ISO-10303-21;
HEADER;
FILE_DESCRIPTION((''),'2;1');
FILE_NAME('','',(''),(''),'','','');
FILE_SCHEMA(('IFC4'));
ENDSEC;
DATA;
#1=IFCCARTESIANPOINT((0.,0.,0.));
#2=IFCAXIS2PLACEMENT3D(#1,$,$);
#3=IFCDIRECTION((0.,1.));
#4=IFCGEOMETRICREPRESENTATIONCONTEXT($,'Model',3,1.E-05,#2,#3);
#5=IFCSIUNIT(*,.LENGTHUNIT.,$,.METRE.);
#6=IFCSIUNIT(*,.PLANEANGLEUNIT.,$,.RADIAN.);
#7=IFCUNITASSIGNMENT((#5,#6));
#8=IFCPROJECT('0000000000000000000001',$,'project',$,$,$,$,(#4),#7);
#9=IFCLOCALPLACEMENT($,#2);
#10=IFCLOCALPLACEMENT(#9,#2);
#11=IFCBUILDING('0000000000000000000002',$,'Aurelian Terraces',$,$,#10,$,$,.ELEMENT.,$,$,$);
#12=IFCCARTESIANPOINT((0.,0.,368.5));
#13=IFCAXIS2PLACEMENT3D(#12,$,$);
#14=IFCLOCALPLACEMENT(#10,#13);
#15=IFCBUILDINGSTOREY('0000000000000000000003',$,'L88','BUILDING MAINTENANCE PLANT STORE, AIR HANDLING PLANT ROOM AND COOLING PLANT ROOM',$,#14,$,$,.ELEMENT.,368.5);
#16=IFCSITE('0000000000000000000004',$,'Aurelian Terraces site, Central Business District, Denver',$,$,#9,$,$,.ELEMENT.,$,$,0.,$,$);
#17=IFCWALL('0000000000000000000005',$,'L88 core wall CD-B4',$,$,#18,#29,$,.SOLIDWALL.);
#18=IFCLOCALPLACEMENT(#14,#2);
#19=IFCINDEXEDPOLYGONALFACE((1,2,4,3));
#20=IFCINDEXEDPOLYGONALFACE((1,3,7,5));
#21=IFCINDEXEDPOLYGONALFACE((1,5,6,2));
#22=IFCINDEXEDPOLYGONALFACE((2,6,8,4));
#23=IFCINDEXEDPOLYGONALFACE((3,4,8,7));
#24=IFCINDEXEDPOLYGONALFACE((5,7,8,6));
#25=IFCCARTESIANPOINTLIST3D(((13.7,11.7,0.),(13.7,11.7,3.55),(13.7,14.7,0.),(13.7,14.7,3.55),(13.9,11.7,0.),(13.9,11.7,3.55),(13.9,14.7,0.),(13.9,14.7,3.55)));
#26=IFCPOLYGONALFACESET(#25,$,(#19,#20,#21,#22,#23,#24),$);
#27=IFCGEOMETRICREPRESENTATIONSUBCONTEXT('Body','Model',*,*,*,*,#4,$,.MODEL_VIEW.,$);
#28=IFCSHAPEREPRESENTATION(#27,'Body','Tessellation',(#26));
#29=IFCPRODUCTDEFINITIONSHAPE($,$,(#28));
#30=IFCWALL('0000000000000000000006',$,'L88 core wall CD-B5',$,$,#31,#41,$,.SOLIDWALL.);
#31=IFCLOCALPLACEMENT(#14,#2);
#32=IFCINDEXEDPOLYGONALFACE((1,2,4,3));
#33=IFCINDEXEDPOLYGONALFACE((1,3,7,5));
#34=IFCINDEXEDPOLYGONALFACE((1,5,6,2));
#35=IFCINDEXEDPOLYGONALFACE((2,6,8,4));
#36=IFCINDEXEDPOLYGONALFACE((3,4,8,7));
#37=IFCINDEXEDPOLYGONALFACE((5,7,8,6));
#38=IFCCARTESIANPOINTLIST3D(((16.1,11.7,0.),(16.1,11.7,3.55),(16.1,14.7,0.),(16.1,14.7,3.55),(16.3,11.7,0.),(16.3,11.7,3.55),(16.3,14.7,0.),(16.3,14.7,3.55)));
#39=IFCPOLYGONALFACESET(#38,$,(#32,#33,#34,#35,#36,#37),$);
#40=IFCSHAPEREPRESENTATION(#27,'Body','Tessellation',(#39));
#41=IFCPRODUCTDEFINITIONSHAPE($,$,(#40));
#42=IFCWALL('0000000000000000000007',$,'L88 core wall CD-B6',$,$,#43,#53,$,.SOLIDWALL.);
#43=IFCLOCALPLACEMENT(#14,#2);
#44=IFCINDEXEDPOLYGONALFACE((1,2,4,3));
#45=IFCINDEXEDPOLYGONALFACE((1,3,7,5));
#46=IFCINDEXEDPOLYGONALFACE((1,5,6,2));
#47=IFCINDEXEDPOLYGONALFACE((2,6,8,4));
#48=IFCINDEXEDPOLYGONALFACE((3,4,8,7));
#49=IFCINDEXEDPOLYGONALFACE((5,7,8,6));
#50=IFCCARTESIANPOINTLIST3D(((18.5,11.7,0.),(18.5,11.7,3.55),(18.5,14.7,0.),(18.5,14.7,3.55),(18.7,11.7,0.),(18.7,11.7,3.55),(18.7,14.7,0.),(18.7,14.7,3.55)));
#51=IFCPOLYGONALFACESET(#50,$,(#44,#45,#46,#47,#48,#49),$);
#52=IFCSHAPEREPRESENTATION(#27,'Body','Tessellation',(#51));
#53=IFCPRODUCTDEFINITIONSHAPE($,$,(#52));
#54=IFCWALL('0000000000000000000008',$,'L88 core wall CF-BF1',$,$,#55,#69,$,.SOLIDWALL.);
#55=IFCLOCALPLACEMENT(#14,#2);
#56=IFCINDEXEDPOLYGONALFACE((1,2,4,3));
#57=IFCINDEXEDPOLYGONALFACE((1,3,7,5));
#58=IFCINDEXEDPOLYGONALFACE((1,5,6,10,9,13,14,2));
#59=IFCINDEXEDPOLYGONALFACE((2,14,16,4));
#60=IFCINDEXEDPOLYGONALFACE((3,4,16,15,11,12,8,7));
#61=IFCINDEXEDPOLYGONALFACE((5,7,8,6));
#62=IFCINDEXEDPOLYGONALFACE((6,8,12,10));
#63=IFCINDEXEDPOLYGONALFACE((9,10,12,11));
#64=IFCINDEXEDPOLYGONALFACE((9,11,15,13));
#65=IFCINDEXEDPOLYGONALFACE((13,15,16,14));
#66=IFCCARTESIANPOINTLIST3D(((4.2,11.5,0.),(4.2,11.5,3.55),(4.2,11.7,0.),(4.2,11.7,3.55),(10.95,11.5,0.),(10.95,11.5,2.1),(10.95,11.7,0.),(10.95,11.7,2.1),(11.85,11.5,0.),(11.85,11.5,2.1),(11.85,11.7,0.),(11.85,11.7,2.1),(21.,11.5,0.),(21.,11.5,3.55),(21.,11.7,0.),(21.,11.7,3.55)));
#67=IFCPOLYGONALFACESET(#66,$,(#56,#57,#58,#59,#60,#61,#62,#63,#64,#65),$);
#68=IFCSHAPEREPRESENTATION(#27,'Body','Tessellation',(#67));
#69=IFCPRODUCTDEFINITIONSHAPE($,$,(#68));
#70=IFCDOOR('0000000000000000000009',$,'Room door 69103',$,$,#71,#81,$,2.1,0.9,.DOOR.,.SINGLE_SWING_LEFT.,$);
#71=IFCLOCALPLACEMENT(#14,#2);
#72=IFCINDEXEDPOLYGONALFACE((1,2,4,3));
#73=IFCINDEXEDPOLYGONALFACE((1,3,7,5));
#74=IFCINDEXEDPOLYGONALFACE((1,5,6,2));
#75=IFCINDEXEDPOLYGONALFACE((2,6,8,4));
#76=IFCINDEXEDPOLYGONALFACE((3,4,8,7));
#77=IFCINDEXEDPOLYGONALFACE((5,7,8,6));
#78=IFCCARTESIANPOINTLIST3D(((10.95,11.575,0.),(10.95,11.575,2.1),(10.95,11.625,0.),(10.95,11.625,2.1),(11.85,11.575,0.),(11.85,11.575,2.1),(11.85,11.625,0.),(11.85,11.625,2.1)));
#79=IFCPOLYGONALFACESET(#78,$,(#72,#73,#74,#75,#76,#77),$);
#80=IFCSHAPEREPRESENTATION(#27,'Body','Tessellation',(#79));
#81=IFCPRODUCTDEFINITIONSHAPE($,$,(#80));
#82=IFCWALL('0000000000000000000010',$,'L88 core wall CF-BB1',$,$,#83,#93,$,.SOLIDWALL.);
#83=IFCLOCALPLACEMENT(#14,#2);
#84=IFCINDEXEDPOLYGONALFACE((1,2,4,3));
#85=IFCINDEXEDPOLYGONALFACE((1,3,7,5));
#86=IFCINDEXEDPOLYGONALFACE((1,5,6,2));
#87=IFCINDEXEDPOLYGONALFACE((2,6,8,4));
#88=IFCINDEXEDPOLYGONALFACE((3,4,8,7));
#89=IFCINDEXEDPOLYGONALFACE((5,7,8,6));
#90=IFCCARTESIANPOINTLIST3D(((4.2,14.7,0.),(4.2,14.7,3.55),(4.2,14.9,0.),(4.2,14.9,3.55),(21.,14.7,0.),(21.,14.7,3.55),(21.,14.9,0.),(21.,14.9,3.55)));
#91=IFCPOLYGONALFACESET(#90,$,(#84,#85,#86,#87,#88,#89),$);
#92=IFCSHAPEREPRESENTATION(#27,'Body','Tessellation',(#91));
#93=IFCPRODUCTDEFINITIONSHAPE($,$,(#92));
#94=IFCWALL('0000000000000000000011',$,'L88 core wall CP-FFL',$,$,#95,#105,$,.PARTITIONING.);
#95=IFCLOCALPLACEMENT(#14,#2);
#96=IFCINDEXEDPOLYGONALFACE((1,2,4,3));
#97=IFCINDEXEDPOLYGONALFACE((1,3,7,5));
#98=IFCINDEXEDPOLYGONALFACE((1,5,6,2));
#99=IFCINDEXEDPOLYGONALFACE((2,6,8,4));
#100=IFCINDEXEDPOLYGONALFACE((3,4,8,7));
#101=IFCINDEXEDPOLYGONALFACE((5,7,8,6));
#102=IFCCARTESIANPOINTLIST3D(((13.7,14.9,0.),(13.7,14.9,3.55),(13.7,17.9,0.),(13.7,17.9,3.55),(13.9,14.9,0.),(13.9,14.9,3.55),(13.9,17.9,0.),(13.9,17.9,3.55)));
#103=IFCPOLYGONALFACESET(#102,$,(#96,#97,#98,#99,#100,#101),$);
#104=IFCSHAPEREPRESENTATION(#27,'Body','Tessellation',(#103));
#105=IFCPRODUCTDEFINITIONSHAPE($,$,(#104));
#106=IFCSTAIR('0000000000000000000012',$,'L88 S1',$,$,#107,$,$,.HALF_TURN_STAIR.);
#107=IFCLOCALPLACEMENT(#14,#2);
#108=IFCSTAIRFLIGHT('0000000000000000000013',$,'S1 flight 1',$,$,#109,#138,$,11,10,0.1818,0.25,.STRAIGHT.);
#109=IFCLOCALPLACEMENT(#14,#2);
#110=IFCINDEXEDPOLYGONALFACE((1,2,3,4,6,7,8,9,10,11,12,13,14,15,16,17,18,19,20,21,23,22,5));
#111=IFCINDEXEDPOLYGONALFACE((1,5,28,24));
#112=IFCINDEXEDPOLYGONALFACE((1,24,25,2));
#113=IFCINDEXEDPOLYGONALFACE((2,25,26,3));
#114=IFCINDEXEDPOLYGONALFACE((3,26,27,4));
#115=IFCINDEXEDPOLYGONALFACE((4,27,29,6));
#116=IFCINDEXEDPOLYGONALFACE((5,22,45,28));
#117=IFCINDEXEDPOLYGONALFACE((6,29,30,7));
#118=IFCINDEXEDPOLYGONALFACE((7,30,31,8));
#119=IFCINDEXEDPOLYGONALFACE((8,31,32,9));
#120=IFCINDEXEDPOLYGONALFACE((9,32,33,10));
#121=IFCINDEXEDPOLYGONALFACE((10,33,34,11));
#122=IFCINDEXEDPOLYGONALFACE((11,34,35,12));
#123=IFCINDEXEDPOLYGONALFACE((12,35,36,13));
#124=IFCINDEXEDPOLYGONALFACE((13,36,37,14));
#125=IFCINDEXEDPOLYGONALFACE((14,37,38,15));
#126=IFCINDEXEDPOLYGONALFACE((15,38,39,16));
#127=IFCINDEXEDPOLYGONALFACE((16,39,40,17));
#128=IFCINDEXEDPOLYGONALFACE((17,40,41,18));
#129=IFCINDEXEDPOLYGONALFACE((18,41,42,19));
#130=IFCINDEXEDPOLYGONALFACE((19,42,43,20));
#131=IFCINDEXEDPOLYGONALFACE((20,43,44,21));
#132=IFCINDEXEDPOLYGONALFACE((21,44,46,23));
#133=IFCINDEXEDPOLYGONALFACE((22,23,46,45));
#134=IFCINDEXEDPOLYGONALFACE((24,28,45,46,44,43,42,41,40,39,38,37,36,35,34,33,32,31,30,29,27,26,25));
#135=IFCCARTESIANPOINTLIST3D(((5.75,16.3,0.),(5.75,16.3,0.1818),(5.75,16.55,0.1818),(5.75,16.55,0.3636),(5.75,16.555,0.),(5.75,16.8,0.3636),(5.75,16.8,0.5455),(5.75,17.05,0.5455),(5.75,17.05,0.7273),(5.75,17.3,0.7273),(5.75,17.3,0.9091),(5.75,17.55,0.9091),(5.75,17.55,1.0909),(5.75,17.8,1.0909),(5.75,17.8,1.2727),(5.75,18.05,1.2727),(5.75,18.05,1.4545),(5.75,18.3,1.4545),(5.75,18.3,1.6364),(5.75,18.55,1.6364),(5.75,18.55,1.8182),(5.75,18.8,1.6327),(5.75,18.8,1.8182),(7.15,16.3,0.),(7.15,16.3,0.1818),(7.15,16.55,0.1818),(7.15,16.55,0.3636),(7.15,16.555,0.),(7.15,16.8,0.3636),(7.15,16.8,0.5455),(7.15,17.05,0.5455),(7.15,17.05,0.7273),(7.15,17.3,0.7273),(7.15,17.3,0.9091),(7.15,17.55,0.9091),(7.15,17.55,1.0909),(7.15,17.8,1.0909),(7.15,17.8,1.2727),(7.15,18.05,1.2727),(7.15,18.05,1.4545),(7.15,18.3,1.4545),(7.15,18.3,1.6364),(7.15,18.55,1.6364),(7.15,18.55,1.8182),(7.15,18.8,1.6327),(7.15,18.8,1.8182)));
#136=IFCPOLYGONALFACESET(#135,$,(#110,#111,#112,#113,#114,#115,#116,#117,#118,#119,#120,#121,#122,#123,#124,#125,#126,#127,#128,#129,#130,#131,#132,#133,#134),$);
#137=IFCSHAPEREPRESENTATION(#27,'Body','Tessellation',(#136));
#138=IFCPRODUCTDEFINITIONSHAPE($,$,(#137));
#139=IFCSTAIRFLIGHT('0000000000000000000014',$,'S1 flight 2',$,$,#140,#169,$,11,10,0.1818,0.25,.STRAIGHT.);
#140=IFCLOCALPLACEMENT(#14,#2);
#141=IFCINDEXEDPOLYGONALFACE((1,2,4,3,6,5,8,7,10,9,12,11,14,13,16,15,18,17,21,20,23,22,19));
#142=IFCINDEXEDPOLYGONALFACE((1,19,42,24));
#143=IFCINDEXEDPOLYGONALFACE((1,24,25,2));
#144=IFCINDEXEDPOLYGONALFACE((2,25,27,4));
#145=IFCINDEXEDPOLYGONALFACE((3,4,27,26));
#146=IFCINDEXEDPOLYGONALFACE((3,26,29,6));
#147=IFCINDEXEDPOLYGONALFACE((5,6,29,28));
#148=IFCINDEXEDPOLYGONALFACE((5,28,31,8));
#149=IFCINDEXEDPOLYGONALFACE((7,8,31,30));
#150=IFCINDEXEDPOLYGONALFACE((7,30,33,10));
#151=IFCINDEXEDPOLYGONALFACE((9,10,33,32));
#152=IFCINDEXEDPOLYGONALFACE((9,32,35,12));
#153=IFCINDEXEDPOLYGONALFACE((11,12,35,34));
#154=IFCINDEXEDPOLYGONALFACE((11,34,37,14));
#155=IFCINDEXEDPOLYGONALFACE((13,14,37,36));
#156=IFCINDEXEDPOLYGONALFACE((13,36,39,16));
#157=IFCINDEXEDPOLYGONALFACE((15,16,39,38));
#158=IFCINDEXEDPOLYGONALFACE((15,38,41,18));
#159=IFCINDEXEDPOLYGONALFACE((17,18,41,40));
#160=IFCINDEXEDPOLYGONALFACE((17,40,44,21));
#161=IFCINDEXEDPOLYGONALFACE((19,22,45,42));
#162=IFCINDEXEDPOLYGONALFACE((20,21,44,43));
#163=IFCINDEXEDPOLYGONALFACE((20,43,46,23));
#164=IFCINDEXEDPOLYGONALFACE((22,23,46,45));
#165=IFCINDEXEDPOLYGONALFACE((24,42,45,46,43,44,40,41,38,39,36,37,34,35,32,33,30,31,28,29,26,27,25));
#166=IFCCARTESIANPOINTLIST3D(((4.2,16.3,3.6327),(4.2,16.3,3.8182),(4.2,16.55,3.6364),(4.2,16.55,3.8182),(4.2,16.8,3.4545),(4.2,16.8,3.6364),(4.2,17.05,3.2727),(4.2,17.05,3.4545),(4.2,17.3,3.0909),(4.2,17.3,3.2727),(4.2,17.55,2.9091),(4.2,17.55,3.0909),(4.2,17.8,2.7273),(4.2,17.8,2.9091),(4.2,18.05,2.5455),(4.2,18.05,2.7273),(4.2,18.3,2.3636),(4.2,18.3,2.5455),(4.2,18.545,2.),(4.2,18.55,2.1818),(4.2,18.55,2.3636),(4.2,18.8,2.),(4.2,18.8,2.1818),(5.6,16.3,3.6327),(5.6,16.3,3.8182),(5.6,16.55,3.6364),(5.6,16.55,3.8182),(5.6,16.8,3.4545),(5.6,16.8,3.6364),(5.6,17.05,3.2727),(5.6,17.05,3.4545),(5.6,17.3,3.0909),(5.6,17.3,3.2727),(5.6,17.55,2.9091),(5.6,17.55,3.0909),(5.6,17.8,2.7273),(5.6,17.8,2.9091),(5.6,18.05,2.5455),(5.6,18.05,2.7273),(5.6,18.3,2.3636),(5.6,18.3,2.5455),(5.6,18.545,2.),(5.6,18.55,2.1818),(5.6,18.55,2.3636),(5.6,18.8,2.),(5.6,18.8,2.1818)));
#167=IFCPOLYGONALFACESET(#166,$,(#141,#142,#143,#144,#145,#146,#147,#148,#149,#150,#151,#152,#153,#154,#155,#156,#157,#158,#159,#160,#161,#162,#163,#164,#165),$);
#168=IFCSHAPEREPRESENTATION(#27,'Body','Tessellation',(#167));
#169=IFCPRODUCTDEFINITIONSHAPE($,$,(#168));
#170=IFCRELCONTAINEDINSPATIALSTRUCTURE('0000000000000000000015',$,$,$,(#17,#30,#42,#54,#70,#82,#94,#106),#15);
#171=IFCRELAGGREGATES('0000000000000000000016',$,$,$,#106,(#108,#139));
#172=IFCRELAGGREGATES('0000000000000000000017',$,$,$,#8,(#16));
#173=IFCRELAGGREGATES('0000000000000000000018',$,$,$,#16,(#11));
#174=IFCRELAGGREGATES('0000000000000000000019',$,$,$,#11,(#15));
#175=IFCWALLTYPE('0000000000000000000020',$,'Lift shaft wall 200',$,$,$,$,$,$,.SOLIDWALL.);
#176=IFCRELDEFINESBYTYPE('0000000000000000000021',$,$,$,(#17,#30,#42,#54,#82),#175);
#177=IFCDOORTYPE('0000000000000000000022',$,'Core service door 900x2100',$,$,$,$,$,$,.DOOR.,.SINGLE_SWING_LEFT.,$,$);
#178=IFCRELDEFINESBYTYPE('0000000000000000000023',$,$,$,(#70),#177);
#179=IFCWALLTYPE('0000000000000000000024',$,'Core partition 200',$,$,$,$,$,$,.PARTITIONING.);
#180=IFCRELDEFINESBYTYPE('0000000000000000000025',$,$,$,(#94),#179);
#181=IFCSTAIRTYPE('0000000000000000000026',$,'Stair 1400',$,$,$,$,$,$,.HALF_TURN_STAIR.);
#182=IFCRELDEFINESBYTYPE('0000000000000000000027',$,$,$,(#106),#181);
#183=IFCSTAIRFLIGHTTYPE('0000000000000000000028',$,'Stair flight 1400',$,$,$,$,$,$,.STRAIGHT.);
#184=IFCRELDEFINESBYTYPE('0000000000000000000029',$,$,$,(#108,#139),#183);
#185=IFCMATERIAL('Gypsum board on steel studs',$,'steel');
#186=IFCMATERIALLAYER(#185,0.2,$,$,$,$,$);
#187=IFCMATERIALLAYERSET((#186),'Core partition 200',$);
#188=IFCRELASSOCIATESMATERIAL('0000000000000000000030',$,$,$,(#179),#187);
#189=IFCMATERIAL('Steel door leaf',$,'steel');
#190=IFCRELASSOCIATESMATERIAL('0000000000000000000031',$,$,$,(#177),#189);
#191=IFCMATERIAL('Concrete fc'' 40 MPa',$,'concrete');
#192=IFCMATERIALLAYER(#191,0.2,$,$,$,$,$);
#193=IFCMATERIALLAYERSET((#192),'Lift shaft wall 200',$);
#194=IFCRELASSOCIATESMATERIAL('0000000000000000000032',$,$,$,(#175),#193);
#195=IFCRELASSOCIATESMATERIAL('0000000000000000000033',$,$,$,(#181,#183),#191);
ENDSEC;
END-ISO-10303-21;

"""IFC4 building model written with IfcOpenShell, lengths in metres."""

from ifc_helpers import new_model, si_unit, direction, frame, frame_2d, origin, place, context, subcontext, project, spatial, polyline, rectangle, outline, extrude, source, transform, mapped, material, layer, layer_set, type_object, element, fill, aggregate, save


model = new_model("IFC4")

# Units and contexts
model_context = context("Model", 3, precision=1e-05, world=origin(), true_north=direction((0.0, 1.0)))
body_context = subcontext(model_context, "Body", "Model", "MODEL_VIEW")
ifc_project = project(units=[si_unit("LENGTHUNIT", "METRE"), si_unit("PLANEANGLEUNIT", "RADIAN")], contexts=[model_context])

# Site, building, storey
site_placement = place(None, origin())
site = spatial("IfcSite", under=ifc_project, at=site_placement, Name="Aurelian Terraces site, Central Business District, Denver", CompositionType="ELEMENT", RefElevation=0.0)
building_placement = place(site_placement, origin())
building = spatial("IfcBuilding", under=site, at=building_placement, Name="Aurelian Terraces", CompositionType="ELEMENT")
storey_placement = place(building_placement, frame((0.0, 0.0, 368.5)))
storey = spatial("IfcBuildingStorey", under=building, at=storey_placement, Name="L88", Description="BUILDING MAINTENANCE PLANT STORE, AIR HANDLING PLANT ROOM AND COOLING PLANT ROOM", CompositionType="ELEMENT", Elevation=368.5)

# Shared definitions
ifc_material_1 = material(Name="Gypsum board on steel studs", Category="steel")
ifc_layer_1 = layer(ifc_material_1, 0.2)
ifc_layer_set_1 = layer_set([ifc_layer_1], Name="Core partition 200")
wall_type_1 = type_object("IfcWallType", Name="Core partition 200", PredefinedType="PARTITIONING", material=ifc_layer_set_1)

# Shared definitions
shared_shape_1 = source(origin(), body_context, "Body", "SweptSolid", [
    extrude(rectangle(XDim=0.9, YDim=2.1, at=frame_2d((0.45, 1.05))), frame((0.0, 0.11, 0.0), z_axis=(0.0, -1.0, 0.0), x_axis=(1.0, 0.0, 0.0)), (0.0, 0.0, 1.0), 0.22),
])
ifc_material_2 = material(Name="Steel door leaf", Category="steel")
door_type_1 = type_object("IfcDoorType", Name="Core service door 900x2100", OperationType="SINGLE_SWING_LEFT", PredefinedType="DOOR", material=ifc_material_2)
shared_shape_2 = source(origin(), body_context, "Body", "SweptSolid", [
    extrude(rectangle(XDim=0.9, YDim=2.1, at=frame_2d((0.45, 1.05))), frame((0.0, 0.025, 0.0), z_axis=(0.0, -1.0, 0.0), x_axis=(1.0, 0.0, 0.0)), (0.0, 0.0, 1.0), 0.05),
])

# Shared definitions
ifc_material_3 = material(Name="Concrete fc' 40 MPa", Category="concrete")
ifc_layer_2 = layer(ifc_material_3, 0.2)
ifc_layer_set_2 = layer_set([ifc_layer_2], Name="Lift shaft wall 200")
wall_type_2 = type_object("IfcWallType", Name="Lift shaft wall 200", PredefinedType="SOLIDWALL", material=ifc_layer_set_2)

# Walls
shared_shape_3 = source(origin(), body_context, "Body", "SweptSolid", [
    extrude(rectangle(XDim=3.0, YDim=0.2, at=frame_2d((1.5, 0.0))), origin(), (0.0, 0.0, 1.0), 3.55),
])
for number, where, z_axis, x_axis, name in (
    (1, (13.8, 11.7, 0.0), (0.0, 0.0, 1.0), (0.0, 1.0, 0.0), "L88 core wall CD-B4"),
    (2, (16.2, 11.7, 0.0), (0.0, 0.0, 1.0), (0.0, 1.0, 0.0), "L88 core wall CD-B5"),
    (3, (18.6, 11.7, 0.0), (0.0, 0.0, 1.0), (0.0, 1.0, 0.0), "L88 core wall CD-B6"),
):
    element("IfcWall", number, at=place(storey_placement, frame(where, z_axis=z_axis, x_axis=x_axis)), inside=storey, type_object=wall_type_2, Name=name, PredefinedType="SOLIDWALL", context=body_context, shape_type="MappedRepresentation", body=[
        mapped(shared_shape_3, transform((0.0, 0.0, 0.0), scale=1.0)),
    ])

# Wall, opening, door
shared_shape_4 = source(origin(), body_context, "Body", "SweptSolid", [
    extrude(rectangle(XDim=16.8, YDim=0.2, at=frame_2d((8.4, 0.0))), origin(), (0.0, 0.0, 1.0), 3.55),
])
wall_1_placement = place(storey_placement, frame((4.2, 11.6, 0.0), z_axis=(0.0, 0.0, 1.0), x_axis=(1.0, 0.0, 0.0)))
wall_1 = element("IfcWall", 4, at=wall_1_placement, inside=storey, type_object=wall_type_2, Name="L88 core wall CF-BF1", PredefinedType="SOLIDWALL", context=body_context, shape_type="MappedRepresentation", body=[
    mapped(shared_shape_4, transform((0.0, 0.0, 0.0), scale=1.0)),
])
opening_1_placement = place(wall_1_placement, frame((6.75, 0.0, 0.0)))
opening_1 = element("IfcOpeningElement", 5, at=opening_1_placement, cuts=wall_1, PredefinedType="OPENING", context=body_context, shape_type="MappedRepresentation", body=[
    mapped(shared_shape_1, transform((0.0, 0.0, 0.0), scale=1.0)),
])
door_1_placement = place(opening_1_placement, origin())
door_1 = element("IfcDoor", 6, at=door_1_placement, inside=storey, type_object=door_type_1, Name="Room door 69103", OperationType="SINGLE_SWING_LEFT", OverallHeight=2.1, OverallWidth=0.9, PredefinedType="DOOR", context=body_context, shape_type="MappedRepresentation", body=[
    mapped(shared_shape_2, transform((0.0, 0.0, 0.0), scale=1.0)),
])
fill(opening_1, door_1)

# Walls
wall_2_placement = place(storey_placement, frame((4.2, 14.8, 0.0), z_axis=(0.0, 0.0, 1.0), x_axis=(1.0, 0.0, 0.0)))
element("IfcWall", 7, at=wall_2_placement, inside=storey, type_object=wall_type_2, Name="L88 core wall CF-BB1", PredefinedType="SOLIDWALL", context=body_context, shape_type="MappedRepresentation", body=[
    mapped(shared_shape_4, transform((0.0, 0.0, 0.0), scale=1.0)),
])
shared_shape_5 = source(origin(), body_context, "Body", "SweptSolid", [
    extrude(rectangle(XDim=3.0, YDim=0.2, at=frame_2d((1.5, 0.0))), origin(), (0.0, 0.0, 1.0), 3.55),
])
wall_3_placement = place(storey_placement, frame((13.8, 14.9, 0.0), z_axis=(0.0, 0.0, 1.0), x_axis=(0.0, 1.0, 0.0)))
element("IfcWall", 8, at=wall_3_placement, inside=storey, type_object=wall_type_1, Name="L88 core wall CP-FFL", PredefinedType="PARTITIONING", context=body_context, shape_type="MappedRepresentation", body=[
    mapped(shared_shape_5, transform((0.0, 0.0, 0.0), scale=1.0)),
])

# Stair, stair flights
stair_type = type_object("IfcStairType", Name="Stair 1400", PredefinedType="HALF_TURN_STAIR", material=ifc_material_3)
stair_placement = place(storey_placement, origin())
stair = element("IfcStair", 9, at=stair_placement, inside=storey, type_object=stair_type, Name="L88 S1", PredefinedType="HALF_TURN_STAIR")
stair_flight_type = type_object("IfcStairFlightType", Name="Stair flight 1400", PredefinedType="STRAIGHT", material=ifc_material_3)
shared_shape_6 = source(origin(), body_context, "Body", "SweptSolid", [
    extrude(outline(polyline([(0.0, 0.0), (0.0, 0.1818), (0.25, 0.1818), (0.25, 0.3636), (0.5, 0.3636), (0.5, 0.5455), (0.75, 0.5455), (0.75, 0.7273), (1.0, 0.7273), (1.0, 0.9091), (1.25, 0.9091), (1.25, 1.0909), (1.5, 1.0909), (1.5, 1.2727), (1.75, 1.2727), (1.75, 1.4545), (2.0, 1.4545), (2.0, 1.6364), (2.25, 1.6364), (2.25, 1.8182), (2.5, 1.8182), (2.5, 2.0), (2.5, 1.6327), (0.255, 0.0), (0.0, 0.0)])), frame((0.0, 0.7, 0.0), z_axis=(0.0, -1.0, 0.0), x_axis=(1.0, 0.0, 0.0)), (0.0, 0.0, 1.0), 1.4),
])
stair_flight_1_placement = place(storey_placement, frame((6.45, 16.3, 0.0), z_axis=(0.0, 0.0, 1.0), x_axis=(0.0, 1.0, 0.0)))
stair_flight_1 = element("IfcStairFlight", 10, at=stair_flight_1_placement, type_object=stair_flight_type, Name="S1 flight 1", NumberOfRisers=11, NumberOfTreads=10, PredefinedType="STRAIGHT", RiserHeight=0.1818, TreadLength=0.25, context=body_context, shape_type="MappedRepresentation", body=[
    mapped(shared_shape_6, transform((0.0, 0.0, 0.0), scale=1.0)),
])
stair_flight_2_placement = place(storey_placement, frame((4.9, 18.8, 2.0), z_axis=(0.0, 0.0, 1.0), x_axis=(0.0, -1.0, 0.0)))
stair_flight_2 = element("IfcStairFlight", 11, at=stair_flight_2_placement, type_object=stair_flight_type, Name="S1 flight 2", NumberOfRisers=11, NumberOfTreads=10, PredefinedType="STRAIGHT", RiserHeight=0.1818, TreadLength=0.25, context=body_context, shape_type="MappedRepresentation", body=[
    mapped(shared_shape_6, transform((0.0, 0.0, 0.0), scale=1.0)),
])
aggregate(stair, [stair_flight_1, stair_flight_2])

save(model, "model.ifc")
